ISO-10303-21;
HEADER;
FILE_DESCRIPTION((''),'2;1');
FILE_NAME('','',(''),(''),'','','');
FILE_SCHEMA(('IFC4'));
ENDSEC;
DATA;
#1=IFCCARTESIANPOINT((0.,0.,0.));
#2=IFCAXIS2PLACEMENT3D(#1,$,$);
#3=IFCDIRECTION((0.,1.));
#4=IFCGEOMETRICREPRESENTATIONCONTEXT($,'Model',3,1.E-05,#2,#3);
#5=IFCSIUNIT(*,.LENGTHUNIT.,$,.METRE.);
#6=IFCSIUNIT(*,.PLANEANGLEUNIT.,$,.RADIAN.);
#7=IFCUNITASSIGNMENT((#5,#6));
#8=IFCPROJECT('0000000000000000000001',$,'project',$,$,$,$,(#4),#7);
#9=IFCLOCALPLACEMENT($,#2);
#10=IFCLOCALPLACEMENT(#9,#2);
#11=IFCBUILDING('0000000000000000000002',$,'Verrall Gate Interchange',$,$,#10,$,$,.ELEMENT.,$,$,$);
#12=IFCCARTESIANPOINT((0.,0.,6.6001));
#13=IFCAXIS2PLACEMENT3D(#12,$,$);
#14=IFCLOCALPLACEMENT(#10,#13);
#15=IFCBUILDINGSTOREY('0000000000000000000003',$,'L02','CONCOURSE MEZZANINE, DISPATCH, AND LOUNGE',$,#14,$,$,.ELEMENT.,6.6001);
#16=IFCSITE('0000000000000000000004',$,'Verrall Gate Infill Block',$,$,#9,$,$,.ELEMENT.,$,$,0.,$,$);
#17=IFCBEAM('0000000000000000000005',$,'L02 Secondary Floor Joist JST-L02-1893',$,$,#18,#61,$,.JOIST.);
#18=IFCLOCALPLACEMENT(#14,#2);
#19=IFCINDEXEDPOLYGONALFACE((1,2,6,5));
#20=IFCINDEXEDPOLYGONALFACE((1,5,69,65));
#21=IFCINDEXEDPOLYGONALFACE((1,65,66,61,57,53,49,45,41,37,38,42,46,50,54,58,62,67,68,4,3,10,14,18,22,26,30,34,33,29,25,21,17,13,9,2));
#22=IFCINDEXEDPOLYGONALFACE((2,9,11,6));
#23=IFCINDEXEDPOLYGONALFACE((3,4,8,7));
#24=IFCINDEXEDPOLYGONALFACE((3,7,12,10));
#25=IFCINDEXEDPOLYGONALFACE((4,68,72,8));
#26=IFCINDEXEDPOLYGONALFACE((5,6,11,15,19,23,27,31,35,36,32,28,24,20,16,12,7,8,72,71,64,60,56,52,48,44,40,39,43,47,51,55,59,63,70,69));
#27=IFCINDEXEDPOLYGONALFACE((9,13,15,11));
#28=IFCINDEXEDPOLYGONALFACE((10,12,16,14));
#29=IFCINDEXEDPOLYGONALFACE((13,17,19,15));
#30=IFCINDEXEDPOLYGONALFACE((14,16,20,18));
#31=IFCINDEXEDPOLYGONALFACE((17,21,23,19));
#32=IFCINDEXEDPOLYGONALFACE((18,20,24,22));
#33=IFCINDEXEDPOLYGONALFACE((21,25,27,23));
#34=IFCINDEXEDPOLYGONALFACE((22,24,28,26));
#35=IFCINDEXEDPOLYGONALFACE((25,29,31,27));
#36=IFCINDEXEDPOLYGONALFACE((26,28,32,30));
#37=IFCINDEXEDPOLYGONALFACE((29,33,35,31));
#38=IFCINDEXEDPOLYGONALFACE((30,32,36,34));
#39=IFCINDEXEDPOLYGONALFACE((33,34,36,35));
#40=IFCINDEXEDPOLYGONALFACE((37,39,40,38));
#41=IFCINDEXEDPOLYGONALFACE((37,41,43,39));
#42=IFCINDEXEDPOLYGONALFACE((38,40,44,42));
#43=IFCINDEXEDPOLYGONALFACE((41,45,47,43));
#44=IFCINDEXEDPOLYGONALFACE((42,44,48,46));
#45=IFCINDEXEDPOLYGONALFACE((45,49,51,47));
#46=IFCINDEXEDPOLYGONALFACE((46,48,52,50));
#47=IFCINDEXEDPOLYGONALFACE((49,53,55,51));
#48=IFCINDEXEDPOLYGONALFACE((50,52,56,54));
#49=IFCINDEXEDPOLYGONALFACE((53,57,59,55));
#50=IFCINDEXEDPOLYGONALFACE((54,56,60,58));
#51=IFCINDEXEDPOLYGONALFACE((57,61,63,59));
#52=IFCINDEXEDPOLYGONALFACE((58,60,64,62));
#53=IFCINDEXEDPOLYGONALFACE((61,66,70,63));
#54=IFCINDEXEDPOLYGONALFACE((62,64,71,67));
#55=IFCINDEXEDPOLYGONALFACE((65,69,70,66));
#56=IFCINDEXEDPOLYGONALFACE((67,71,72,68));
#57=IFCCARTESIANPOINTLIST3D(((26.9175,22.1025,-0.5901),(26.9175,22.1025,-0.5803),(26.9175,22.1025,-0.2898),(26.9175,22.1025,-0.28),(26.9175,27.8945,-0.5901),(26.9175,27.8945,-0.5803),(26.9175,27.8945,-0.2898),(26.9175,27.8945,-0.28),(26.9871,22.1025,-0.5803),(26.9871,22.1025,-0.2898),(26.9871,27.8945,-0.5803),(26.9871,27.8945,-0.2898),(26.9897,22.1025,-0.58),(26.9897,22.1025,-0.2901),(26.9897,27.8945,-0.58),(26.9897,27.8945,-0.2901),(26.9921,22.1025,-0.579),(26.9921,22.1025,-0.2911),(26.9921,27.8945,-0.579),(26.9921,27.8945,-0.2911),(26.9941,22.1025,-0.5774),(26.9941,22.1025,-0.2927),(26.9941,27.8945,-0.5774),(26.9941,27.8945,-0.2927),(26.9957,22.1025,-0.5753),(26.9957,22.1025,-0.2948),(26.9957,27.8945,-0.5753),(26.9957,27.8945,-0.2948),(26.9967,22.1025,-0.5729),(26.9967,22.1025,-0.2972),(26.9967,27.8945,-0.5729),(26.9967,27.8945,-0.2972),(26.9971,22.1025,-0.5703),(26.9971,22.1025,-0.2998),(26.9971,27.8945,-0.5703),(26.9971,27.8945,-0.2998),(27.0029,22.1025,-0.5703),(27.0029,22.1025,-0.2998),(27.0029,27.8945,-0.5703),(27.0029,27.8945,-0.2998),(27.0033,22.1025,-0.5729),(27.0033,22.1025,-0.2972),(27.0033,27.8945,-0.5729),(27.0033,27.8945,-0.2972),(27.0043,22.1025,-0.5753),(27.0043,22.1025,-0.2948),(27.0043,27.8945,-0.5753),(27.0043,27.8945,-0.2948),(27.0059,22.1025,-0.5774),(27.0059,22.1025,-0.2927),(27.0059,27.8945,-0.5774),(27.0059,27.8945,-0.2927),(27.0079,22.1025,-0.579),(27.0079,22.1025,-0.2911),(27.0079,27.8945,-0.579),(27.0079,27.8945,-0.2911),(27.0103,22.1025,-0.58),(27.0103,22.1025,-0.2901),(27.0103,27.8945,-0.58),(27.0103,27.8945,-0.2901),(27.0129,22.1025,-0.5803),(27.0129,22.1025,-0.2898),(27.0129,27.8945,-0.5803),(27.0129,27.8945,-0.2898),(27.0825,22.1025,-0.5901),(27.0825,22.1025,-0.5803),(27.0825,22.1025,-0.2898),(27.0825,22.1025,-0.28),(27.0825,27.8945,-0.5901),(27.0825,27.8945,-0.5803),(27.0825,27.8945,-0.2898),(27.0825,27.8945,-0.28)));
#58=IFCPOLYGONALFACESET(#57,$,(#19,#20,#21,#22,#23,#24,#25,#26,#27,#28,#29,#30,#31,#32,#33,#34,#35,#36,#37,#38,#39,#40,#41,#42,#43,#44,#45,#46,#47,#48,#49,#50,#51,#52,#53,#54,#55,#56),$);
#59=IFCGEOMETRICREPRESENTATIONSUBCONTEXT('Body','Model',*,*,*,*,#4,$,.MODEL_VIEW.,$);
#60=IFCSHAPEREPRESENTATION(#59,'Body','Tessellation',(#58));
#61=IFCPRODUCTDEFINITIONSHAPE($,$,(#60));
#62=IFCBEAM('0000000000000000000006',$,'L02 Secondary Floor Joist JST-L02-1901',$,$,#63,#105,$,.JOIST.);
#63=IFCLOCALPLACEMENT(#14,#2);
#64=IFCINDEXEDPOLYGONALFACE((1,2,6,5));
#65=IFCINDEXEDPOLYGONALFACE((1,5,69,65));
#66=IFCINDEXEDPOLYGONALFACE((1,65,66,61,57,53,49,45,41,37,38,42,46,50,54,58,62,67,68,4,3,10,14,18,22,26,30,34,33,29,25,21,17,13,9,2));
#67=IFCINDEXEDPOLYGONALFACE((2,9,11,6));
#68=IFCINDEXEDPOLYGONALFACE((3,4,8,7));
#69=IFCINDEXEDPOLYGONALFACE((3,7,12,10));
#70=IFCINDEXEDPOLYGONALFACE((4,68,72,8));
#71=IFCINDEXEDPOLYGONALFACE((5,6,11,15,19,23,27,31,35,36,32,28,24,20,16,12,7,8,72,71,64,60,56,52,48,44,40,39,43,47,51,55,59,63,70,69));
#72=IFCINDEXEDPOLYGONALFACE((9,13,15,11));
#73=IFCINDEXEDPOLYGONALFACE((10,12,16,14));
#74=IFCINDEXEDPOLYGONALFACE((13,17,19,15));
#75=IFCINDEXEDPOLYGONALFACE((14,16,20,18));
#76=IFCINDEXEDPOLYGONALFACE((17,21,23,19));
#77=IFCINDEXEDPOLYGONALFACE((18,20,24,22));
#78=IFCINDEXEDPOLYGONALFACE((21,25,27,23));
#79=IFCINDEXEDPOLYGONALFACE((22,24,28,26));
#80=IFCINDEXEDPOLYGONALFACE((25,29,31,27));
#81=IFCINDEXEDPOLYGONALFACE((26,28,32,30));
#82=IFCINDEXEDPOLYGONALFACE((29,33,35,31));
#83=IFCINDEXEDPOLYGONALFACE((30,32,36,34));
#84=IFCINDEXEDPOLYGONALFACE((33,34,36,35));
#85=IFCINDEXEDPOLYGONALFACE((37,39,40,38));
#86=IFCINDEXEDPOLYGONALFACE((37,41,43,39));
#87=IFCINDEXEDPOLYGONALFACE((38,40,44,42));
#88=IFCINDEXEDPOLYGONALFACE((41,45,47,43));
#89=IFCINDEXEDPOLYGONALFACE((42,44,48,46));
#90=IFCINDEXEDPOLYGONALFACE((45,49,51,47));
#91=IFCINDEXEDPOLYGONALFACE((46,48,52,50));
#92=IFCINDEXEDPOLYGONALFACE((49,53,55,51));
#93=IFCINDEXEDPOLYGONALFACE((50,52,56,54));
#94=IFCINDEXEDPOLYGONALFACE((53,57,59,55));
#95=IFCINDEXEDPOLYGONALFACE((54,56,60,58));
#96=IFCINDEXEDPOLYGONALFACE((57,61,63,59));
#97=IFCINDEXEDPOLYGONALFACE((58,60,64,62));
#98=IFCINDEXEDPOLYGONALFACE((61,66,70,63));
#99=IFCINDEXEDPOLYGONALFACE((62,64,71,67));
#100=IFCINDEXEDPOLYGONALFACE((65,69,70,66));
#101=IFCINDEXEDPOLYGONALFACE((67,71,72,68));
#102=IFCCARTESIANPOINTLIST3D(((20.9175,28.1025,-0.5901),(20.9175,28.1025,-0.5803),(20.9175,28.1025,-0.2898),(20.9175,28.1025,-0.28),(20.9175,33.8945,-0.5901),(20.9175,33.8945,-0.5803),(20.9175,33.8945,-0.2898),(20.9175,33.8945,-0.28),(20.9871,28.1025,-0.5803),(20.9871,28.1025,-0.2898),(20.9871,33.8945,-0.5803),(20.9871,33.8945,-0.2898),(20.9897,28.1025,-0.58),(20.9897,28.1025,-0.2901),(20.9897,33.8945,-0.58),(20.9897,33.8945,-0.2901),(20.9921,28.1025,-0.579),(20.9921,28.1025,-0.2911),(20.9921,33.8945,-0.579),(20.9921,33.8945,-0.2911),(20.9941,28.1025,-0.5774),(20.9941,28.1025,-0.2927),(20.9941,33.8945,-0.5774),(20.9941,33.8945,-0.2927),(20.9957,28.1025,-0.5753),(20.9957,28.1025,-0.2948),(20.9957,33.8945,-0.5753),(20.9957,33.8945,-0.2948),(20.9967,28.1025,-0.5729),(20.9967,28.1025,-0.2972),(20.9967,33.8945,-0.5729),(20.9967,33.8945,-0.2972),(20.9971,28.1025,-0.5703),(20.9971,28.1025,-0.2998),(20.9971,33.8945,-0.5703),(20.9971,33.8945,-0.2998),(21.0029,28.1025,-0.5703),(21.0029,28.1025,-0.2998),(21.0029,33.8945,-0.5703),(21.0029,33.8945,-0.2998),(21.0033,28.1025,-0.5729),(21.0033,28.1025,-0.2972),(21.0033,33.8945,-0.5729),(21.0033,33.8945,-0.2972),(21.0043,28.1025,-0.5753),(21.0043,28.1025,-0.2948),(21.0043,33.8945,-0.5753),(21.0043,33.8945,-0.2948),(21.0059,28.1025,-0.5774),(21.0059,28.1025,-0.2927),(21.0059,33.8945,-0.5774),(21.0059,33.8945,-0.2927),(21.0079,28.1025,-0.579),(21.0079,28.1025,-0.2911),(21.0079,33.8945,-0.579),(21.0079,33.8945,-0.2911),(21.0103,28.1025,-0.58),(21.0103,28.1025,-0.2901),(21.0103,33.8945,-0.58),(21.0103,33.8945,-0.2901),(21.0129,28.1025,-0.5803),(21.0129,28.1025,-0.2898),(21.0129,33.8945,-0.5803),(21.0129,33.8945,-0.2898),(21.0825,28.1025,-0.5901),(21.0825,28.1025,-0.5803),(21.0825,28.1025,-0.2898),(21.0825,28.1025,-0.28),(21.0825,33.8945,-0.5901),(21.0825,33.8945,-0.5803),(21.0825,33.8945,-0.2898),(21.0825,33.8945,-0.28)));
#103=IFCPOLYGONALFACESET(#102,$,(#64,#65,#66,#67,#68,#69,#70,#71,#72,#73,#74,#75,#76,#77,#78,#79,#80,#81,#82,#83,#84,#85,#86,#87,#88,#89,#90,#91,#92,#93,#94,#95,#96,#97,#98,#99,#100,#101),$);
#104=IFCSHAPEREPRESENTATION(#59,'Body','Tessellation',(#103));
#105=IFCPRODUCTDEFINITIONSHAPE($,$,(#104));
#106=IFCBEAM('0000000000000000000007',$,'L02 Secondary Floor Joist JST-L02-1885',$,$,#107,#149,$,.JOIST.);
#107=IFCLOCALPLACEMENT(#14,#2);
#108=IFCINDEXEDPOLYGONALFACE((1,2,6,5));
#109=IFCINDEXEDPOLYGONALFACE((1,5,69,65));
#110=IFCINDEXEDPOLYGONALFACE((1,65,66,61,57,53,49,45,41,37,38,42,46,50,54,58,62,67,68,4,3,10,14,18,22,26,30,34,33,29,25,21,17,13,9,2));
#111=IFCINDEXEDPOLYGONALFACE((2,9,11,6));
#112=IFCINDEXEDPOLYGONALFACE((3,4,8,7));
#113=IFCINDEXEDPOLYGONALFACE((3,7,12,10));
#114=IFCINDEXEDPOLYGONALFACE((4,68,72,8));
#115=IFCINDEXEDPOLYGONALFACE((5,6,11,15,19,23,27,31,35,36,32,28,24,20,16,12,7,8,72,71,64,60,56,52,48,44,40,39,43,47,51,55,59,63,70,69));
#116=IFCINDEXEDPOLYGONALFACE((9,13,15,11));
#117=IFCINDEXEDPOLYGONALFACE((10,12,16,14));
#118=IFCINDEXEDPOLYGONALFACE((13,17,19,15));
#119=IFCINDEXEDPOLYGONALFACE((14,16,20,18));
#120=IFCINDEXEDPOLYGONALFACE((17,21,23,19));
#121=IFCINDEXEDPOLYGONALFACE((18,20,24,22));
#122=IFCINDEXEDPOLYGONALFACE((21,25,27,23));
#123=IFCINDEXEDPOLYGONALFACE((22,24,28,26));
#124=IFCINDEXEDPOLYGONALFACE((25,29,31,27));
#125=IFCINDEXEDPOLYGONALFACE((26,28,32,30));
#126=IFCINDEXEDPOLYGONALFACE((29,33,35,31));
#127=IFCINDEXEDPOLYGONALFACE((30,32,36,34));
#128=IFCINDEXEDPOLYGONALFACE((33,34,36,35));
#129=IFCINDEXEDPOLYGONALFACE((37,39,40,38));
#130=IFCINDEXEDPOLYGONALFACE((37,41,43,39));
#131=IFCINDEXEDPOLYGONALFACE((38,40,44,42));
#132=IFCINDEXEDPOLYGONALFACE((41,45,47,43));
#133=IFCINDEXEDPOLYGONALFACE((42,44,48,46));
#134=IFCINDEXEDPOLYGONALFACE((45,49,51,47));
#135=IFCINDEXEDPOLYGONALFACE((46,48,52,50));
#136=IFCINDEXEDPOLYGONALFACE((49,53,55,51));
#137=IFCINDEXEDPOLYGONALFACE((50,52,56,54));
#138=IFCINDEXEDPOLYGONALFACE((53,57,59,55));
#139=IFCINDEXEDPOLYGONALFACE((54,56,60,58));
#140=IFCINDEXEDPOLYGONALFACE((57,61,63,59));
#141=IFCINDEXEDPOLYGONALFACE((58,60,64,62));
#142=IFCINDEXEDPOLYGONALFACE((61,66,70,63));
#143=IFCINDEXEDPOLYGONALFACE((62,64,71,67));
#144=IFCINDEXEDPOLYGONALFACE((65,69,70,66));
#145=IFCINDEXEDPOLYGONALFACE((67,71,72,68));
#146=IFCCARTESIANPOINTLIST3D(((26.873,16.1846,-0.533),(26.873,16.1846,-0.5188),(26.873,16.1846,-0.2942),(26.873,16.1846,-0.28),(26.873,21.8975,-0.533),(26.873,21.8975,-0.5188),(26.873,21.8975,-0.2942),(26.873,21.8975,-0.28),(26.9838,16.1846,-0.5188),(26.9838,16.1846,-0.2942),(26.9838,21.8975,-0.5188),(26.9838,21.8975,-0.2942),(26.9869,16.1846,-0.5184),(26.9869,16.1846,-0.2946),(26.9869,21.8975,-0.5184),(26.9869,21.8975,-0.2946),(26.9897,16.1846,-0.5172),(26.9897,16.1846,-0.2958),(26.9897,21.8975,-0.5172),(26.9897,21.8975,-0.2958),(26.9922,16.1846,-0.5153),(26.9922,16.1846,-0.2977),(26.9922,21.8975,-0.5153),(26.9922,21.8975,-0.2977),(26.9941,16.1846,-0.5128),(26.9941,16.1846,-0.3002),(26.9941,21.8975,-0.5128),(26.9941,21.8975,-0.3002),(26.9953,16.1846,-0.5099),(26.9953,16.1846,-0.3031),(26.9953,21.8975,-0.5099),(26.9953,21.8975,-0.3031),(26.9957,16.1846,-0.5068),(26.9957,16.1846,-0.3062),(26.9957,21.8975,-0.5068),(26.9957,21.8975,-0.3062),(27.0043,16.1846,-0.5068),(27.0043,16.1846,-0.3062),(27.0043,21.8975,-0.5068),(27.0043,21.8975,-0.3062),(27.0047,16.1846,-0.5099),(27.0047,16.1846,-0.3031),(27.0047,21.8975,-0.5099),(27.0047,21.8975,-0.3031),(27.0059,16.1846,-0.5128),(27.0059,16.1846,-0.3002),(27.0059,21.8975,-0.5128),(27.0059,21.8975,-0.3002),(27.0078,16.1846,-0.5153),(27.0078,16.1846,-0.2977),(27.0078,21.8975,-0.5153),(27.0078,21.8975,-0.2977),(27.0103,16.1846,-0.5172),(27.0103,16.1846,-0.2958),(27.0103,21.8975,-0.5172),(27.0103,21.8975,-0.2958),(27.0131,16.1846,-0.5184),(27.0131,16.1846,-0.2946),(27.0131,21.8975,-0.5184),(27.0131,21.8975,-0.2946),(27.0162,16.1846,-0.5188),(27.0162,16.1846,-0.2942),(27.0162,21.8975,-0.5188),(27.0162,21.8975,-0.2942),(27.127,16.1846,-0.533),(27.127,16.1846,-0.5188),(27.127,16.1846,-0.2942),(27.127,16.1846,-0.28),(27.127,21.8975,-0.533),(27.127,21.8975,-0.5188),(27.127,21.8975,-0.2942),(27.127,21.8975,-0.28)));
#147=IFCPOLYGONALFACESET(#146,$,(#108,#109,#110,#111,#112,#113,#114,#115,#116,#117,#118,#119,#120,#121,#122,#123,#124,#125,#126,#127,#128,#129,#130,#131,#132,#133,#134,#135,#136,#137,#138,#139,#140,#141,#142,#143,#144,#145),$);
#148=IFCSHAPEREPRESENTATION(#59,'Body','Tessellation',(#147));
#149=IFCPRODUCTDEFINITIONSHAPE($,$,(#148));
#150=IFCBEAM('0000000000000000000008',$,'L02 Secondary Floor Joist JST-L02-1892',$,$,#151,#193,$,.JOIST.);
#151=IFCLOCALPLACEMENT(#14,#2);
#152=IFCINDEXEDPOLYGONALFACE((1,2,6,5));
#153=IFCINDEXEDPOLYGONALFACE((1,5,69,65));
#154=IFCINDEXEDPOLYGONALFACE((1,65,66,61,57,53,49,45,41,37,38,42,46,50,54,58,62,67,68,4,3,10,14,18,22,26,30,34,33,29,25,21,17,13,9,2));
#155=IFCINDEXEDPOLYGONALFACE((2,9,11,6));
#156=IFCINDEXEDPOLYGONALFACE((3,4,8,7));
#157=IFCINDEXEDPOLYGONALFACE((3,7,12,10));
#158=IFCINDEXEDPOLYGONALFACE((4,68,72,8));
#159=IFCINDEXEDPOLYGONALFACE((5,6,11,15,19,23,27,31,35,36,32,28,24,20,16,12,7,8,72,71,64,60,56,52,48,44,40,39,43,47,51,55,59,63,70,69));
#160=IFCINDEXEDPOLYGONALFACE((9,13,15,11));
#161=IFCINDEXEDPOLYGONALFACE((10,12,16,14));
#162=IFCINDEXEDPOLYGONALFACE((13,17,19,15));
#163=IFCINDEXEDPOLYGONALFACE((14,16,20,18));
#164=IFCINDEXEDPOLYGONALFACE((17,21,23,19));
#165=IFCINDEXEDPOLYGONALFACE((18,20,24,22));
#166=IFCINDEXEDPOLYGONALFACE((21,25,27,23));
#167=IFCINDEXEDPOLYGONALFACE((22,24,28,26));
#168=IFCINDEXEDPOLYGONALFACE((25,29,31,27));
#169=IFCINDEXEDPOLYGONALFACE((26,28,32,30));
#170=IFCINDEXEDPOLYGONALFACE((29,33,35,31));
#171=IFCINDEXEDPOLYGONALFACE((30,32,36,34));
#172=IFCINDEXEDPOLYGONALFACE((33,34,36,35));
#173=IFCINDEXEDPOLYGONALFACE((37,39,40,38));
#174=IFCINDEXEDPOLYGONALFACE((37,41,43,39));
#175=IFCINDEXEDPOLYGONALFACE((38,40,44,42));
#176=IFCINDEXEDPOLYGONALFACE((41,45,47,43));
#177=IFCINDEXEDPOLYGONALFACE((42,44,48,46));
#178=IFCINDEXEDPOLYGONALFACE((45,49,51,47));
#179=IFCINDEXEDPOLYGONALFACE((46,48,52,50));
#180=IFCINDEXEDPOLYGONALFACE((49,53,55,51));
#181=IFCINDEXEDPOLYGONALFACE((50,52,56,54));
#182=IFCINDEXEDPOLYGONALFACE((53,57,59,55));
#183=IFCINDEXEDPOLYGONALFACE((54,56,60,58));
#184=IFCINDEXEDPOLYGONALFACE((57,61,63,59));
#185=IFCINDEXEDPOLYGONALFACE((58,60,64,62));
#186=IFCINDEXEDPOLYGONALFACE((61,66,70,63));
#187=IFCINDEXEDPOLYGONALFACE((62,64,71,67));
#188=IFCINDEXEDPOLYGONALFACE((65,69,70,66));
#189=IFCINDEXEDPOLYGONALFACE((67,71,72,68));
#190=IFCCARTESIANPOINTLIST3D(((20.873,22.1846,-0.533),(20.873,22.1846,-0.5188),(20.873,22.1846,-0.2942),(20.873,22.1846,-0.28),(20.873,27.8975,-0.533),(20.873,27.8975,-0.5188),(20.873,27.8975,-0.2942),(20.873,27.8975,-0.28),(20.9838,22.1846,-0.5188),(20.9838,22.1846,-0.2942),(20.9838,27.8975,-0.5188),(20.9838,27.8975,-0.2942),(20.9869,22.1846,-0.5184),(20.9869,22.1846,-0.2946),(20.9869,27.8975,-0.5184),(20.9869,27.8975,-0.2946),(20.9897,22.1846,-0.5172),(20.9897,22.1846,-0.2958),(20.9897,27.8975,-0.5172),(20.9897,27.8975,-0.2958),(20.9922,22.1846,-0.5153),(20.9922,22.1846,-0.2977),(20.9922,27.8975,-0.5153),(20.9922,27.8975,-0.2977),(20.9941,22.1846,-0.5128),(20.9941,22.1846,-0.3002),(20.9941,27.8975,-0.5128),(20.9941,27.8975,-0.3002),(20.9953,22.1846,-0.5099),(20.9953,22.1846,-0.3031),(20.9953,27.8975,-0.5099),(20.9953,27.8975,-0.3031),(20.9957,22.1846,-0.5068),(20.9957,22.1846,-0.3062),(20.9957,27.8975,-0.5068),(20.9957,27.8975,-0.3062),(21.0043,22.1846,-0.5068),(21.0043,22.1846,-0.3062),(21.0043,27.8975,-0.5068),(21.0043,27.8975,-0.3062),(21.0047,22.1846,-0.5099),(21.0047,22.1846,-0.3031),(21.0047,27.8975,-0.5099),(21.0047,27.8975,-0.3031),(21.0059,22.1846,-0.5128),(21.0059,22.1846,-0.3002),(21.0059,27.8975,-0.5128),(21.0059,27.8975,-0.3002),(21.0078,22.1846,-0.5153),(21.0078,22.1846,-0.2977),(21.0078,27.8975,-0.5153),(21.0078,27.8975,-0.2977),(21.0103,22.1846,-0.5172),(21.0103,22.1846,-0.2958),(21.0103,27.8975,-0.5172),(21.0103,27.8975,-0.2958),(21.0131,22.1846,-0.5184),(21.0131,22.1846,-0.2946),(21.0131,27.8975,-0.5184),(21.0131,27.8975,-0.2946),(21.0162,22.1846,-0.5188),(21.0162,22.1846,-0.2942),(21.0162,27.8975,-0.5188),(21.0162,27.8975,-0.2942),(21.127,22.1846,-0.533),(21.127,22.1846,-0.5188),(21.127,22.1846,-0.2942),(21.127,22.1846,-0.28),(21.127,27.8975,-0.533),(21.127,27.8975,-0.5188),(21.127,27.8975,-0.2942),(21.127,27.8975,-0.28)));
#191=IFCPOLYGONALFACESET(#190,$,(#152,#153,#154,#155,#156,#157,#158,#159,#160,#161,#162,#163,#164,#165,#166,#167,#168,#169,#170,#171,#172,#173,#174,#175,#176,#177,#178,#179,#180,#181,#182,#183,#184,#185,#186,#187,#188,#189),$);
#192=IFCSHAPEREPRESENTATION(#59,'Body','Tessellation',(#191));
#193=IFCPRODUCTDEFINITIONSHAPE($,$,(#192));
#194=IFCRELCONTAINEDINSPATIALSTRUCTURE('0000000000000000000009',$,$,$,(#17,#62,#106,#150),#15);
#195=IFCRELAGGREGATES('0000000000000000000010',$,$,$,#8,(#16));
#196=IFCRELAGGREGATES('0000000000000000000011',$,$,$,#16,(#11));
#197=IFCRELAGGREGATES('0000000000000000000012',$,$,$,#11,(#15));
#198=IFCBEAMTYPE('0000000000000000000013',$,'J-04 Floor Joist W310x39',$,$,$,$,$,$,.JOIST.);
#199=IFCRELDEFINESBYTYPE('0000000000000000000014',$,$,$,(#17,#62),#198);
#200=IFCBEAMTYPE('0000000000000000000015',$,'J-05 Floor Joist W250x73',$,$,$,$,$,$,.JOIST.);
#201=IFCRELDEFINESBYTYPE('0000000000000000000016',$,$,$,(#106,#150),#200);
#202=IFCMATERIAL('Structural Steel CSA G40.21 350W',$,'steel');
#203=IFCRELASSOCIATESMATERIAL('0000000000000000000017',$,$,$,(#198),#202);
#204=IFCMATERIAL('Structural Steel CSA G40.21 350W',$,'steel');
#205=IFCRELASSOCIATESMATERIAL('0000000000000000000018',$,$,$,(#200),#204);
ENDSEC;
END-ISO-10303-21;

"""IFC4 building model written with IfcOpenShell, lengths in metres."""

from ifc_helpers import new_model, si_unit, direction, frame, origin, origin_2d, place, context, subcontext, project, spatial, i_section, extrude, material, material_profile, profile_set, type_object, element, save


model = new_model("IFC4")

# Units and contexts
model_context = context("Model", 3, precision=1e-05, world=origin(), true_north=direction((0.0, 1.0)))
body_context = subcontext(model_context, "Body", "Model", "MODEL_VIEW")
ifc_project = project(units=[si_unit("LENGTHUNIT", "METRE"), si_unit("PLANEANGLEUNIT", "RADIAN")], contexts=[model_context])

# Site, building, storey
site_placement = place(None, origin())
site = spatial("IfcSite", under=ifc_project, at=site_placement, Name="Verrall Gate Infill Block", CompositionType="ELEMENT", RefElevation=0.0)
building_placement = place(site_placement, origin())
building = spatial("IfcBuilding", under=site, at=building_placement, Name="Verrall Gate Interchange", CompositionType="ELEMENT")
storey_placement = place(building_placement, frame((0.0, 0.0, 6.6001)))
storey = spatial("IfcBuildingStorey", under=building, at=storey_placement, Name="L02", Description="CONCOURSE MEZZANINE, DISPATCH, AND LOUNGE", CompositionType="ELEMENT", Elevation=6.6001)

# Beams
ifc_material_1 = material(Name="Structural Steel CSA G40.21 350W", Category="steel")
ifc_material_profile_1 = material_profile(ifc_material_1, i_section(OverallWidth=0.165, OverallDepth=0.3101, WebThickness=0.0059, FlangeThickness=0.0098, FilletRadius=0.01, at=origin_2d()), Name="W310x39")
ifc_profile_set_1 = profile_set([ifc_material_profile_1], Name="Structural Steel CSA G40.21 350W")
beam_type_1 = type_object("IfcBeamType", Name="J-04 Floor Joist W310x39", PredefinedType="JOIST", material=ifc_profile_set_1)
for number, where, z_axis, x_axis, name in (
    (1, (27.0, 22.1025, -0.4351), (0.0, 1.0, 0.0), (-1.0, 0.0, 0.0), "L02 Secondary Floor Joist JST-L02-1893"),
    (2, (21.0, 28.1025, -0.4351), (0.0, 1.0, 0.0), (-1.0, 0.0, 0.0), "L02 Secondary Floor Joist JST-L02-1901"),
):
    element("IfcBeam", number, at=place(storey_placement, frame(where, z_axis=z_axis, x_axis=x_axis)), inside=storey, type_object=beam_type_1, Name=name, PredefinedType="JOIST", context=body_context, shape_type="SweptSolid", body=[
        extrude(i_section(OverallWidth=0.165, OverallDepth=0.3101, WebThickness=0.0059, FlangeThickness=0.0098, FilletRadius=0.01, at=origin_2d()), origin(), (0.0, 0.0, 1.0), 5.792),
    ])
ifc_material_2 = material(Name="Structural Steel CSA G40.21 350W", Category="steel")
ifc_material_profile_2 = material_profile(ifc_material_2, i_section(OverallWidth=0.2539, OverallDepth=0.2529, WebThickness=0.0085, FlangeThickness=0.0142, FilletRadius=0.012, at=origin_2d()), Name="W250x73")
ifc_profile_set_2 = profile_set([ifc_material_profile_2], Name="Structural Steel CSA G40.21 350W")
beam_type_2 = type_object("IfcBeamType", Name="J-05 Floor Joist W250x73", PredefinedType="JOIST", material=ifc_profile_set_2)
for number, where, z_axis, x_axis, name in (
    (3, (27.0, 16.1846, -0.4065), (0.0, 1.0, 0.0), (-1.0, 0.0, 0.0), "L02 Secondary Floor Joist JST-L02-1885"),
    (4, (21.0, 22.1846, -0.4065), (0.0, 1.0, 0.0), (-1.0, 0.0, 0.0), "L02 Secondary Floor Joist JST-L02-1892"),
):
    element("IfcBeam", number, at=place(storey_placement, frame(where, z_axis=z_axis, x_axis=x_axis)), inside=storey, type_object=beam_type_2, Name=name, PredefinedType="JOIST", context=body_context, shape_type="SweptSolid", body=[
        extrude(i_section(OverallWidth=0.2539, OverallDepth=0.2529, WebThickness=0.0085, FlangeThickness=0.0142, FilletRadius=0.012, at=origin_2d()), origin(), (0.0, 0.0, 1.0), 5.7129),
    ])

save(model, "model.ifc")
